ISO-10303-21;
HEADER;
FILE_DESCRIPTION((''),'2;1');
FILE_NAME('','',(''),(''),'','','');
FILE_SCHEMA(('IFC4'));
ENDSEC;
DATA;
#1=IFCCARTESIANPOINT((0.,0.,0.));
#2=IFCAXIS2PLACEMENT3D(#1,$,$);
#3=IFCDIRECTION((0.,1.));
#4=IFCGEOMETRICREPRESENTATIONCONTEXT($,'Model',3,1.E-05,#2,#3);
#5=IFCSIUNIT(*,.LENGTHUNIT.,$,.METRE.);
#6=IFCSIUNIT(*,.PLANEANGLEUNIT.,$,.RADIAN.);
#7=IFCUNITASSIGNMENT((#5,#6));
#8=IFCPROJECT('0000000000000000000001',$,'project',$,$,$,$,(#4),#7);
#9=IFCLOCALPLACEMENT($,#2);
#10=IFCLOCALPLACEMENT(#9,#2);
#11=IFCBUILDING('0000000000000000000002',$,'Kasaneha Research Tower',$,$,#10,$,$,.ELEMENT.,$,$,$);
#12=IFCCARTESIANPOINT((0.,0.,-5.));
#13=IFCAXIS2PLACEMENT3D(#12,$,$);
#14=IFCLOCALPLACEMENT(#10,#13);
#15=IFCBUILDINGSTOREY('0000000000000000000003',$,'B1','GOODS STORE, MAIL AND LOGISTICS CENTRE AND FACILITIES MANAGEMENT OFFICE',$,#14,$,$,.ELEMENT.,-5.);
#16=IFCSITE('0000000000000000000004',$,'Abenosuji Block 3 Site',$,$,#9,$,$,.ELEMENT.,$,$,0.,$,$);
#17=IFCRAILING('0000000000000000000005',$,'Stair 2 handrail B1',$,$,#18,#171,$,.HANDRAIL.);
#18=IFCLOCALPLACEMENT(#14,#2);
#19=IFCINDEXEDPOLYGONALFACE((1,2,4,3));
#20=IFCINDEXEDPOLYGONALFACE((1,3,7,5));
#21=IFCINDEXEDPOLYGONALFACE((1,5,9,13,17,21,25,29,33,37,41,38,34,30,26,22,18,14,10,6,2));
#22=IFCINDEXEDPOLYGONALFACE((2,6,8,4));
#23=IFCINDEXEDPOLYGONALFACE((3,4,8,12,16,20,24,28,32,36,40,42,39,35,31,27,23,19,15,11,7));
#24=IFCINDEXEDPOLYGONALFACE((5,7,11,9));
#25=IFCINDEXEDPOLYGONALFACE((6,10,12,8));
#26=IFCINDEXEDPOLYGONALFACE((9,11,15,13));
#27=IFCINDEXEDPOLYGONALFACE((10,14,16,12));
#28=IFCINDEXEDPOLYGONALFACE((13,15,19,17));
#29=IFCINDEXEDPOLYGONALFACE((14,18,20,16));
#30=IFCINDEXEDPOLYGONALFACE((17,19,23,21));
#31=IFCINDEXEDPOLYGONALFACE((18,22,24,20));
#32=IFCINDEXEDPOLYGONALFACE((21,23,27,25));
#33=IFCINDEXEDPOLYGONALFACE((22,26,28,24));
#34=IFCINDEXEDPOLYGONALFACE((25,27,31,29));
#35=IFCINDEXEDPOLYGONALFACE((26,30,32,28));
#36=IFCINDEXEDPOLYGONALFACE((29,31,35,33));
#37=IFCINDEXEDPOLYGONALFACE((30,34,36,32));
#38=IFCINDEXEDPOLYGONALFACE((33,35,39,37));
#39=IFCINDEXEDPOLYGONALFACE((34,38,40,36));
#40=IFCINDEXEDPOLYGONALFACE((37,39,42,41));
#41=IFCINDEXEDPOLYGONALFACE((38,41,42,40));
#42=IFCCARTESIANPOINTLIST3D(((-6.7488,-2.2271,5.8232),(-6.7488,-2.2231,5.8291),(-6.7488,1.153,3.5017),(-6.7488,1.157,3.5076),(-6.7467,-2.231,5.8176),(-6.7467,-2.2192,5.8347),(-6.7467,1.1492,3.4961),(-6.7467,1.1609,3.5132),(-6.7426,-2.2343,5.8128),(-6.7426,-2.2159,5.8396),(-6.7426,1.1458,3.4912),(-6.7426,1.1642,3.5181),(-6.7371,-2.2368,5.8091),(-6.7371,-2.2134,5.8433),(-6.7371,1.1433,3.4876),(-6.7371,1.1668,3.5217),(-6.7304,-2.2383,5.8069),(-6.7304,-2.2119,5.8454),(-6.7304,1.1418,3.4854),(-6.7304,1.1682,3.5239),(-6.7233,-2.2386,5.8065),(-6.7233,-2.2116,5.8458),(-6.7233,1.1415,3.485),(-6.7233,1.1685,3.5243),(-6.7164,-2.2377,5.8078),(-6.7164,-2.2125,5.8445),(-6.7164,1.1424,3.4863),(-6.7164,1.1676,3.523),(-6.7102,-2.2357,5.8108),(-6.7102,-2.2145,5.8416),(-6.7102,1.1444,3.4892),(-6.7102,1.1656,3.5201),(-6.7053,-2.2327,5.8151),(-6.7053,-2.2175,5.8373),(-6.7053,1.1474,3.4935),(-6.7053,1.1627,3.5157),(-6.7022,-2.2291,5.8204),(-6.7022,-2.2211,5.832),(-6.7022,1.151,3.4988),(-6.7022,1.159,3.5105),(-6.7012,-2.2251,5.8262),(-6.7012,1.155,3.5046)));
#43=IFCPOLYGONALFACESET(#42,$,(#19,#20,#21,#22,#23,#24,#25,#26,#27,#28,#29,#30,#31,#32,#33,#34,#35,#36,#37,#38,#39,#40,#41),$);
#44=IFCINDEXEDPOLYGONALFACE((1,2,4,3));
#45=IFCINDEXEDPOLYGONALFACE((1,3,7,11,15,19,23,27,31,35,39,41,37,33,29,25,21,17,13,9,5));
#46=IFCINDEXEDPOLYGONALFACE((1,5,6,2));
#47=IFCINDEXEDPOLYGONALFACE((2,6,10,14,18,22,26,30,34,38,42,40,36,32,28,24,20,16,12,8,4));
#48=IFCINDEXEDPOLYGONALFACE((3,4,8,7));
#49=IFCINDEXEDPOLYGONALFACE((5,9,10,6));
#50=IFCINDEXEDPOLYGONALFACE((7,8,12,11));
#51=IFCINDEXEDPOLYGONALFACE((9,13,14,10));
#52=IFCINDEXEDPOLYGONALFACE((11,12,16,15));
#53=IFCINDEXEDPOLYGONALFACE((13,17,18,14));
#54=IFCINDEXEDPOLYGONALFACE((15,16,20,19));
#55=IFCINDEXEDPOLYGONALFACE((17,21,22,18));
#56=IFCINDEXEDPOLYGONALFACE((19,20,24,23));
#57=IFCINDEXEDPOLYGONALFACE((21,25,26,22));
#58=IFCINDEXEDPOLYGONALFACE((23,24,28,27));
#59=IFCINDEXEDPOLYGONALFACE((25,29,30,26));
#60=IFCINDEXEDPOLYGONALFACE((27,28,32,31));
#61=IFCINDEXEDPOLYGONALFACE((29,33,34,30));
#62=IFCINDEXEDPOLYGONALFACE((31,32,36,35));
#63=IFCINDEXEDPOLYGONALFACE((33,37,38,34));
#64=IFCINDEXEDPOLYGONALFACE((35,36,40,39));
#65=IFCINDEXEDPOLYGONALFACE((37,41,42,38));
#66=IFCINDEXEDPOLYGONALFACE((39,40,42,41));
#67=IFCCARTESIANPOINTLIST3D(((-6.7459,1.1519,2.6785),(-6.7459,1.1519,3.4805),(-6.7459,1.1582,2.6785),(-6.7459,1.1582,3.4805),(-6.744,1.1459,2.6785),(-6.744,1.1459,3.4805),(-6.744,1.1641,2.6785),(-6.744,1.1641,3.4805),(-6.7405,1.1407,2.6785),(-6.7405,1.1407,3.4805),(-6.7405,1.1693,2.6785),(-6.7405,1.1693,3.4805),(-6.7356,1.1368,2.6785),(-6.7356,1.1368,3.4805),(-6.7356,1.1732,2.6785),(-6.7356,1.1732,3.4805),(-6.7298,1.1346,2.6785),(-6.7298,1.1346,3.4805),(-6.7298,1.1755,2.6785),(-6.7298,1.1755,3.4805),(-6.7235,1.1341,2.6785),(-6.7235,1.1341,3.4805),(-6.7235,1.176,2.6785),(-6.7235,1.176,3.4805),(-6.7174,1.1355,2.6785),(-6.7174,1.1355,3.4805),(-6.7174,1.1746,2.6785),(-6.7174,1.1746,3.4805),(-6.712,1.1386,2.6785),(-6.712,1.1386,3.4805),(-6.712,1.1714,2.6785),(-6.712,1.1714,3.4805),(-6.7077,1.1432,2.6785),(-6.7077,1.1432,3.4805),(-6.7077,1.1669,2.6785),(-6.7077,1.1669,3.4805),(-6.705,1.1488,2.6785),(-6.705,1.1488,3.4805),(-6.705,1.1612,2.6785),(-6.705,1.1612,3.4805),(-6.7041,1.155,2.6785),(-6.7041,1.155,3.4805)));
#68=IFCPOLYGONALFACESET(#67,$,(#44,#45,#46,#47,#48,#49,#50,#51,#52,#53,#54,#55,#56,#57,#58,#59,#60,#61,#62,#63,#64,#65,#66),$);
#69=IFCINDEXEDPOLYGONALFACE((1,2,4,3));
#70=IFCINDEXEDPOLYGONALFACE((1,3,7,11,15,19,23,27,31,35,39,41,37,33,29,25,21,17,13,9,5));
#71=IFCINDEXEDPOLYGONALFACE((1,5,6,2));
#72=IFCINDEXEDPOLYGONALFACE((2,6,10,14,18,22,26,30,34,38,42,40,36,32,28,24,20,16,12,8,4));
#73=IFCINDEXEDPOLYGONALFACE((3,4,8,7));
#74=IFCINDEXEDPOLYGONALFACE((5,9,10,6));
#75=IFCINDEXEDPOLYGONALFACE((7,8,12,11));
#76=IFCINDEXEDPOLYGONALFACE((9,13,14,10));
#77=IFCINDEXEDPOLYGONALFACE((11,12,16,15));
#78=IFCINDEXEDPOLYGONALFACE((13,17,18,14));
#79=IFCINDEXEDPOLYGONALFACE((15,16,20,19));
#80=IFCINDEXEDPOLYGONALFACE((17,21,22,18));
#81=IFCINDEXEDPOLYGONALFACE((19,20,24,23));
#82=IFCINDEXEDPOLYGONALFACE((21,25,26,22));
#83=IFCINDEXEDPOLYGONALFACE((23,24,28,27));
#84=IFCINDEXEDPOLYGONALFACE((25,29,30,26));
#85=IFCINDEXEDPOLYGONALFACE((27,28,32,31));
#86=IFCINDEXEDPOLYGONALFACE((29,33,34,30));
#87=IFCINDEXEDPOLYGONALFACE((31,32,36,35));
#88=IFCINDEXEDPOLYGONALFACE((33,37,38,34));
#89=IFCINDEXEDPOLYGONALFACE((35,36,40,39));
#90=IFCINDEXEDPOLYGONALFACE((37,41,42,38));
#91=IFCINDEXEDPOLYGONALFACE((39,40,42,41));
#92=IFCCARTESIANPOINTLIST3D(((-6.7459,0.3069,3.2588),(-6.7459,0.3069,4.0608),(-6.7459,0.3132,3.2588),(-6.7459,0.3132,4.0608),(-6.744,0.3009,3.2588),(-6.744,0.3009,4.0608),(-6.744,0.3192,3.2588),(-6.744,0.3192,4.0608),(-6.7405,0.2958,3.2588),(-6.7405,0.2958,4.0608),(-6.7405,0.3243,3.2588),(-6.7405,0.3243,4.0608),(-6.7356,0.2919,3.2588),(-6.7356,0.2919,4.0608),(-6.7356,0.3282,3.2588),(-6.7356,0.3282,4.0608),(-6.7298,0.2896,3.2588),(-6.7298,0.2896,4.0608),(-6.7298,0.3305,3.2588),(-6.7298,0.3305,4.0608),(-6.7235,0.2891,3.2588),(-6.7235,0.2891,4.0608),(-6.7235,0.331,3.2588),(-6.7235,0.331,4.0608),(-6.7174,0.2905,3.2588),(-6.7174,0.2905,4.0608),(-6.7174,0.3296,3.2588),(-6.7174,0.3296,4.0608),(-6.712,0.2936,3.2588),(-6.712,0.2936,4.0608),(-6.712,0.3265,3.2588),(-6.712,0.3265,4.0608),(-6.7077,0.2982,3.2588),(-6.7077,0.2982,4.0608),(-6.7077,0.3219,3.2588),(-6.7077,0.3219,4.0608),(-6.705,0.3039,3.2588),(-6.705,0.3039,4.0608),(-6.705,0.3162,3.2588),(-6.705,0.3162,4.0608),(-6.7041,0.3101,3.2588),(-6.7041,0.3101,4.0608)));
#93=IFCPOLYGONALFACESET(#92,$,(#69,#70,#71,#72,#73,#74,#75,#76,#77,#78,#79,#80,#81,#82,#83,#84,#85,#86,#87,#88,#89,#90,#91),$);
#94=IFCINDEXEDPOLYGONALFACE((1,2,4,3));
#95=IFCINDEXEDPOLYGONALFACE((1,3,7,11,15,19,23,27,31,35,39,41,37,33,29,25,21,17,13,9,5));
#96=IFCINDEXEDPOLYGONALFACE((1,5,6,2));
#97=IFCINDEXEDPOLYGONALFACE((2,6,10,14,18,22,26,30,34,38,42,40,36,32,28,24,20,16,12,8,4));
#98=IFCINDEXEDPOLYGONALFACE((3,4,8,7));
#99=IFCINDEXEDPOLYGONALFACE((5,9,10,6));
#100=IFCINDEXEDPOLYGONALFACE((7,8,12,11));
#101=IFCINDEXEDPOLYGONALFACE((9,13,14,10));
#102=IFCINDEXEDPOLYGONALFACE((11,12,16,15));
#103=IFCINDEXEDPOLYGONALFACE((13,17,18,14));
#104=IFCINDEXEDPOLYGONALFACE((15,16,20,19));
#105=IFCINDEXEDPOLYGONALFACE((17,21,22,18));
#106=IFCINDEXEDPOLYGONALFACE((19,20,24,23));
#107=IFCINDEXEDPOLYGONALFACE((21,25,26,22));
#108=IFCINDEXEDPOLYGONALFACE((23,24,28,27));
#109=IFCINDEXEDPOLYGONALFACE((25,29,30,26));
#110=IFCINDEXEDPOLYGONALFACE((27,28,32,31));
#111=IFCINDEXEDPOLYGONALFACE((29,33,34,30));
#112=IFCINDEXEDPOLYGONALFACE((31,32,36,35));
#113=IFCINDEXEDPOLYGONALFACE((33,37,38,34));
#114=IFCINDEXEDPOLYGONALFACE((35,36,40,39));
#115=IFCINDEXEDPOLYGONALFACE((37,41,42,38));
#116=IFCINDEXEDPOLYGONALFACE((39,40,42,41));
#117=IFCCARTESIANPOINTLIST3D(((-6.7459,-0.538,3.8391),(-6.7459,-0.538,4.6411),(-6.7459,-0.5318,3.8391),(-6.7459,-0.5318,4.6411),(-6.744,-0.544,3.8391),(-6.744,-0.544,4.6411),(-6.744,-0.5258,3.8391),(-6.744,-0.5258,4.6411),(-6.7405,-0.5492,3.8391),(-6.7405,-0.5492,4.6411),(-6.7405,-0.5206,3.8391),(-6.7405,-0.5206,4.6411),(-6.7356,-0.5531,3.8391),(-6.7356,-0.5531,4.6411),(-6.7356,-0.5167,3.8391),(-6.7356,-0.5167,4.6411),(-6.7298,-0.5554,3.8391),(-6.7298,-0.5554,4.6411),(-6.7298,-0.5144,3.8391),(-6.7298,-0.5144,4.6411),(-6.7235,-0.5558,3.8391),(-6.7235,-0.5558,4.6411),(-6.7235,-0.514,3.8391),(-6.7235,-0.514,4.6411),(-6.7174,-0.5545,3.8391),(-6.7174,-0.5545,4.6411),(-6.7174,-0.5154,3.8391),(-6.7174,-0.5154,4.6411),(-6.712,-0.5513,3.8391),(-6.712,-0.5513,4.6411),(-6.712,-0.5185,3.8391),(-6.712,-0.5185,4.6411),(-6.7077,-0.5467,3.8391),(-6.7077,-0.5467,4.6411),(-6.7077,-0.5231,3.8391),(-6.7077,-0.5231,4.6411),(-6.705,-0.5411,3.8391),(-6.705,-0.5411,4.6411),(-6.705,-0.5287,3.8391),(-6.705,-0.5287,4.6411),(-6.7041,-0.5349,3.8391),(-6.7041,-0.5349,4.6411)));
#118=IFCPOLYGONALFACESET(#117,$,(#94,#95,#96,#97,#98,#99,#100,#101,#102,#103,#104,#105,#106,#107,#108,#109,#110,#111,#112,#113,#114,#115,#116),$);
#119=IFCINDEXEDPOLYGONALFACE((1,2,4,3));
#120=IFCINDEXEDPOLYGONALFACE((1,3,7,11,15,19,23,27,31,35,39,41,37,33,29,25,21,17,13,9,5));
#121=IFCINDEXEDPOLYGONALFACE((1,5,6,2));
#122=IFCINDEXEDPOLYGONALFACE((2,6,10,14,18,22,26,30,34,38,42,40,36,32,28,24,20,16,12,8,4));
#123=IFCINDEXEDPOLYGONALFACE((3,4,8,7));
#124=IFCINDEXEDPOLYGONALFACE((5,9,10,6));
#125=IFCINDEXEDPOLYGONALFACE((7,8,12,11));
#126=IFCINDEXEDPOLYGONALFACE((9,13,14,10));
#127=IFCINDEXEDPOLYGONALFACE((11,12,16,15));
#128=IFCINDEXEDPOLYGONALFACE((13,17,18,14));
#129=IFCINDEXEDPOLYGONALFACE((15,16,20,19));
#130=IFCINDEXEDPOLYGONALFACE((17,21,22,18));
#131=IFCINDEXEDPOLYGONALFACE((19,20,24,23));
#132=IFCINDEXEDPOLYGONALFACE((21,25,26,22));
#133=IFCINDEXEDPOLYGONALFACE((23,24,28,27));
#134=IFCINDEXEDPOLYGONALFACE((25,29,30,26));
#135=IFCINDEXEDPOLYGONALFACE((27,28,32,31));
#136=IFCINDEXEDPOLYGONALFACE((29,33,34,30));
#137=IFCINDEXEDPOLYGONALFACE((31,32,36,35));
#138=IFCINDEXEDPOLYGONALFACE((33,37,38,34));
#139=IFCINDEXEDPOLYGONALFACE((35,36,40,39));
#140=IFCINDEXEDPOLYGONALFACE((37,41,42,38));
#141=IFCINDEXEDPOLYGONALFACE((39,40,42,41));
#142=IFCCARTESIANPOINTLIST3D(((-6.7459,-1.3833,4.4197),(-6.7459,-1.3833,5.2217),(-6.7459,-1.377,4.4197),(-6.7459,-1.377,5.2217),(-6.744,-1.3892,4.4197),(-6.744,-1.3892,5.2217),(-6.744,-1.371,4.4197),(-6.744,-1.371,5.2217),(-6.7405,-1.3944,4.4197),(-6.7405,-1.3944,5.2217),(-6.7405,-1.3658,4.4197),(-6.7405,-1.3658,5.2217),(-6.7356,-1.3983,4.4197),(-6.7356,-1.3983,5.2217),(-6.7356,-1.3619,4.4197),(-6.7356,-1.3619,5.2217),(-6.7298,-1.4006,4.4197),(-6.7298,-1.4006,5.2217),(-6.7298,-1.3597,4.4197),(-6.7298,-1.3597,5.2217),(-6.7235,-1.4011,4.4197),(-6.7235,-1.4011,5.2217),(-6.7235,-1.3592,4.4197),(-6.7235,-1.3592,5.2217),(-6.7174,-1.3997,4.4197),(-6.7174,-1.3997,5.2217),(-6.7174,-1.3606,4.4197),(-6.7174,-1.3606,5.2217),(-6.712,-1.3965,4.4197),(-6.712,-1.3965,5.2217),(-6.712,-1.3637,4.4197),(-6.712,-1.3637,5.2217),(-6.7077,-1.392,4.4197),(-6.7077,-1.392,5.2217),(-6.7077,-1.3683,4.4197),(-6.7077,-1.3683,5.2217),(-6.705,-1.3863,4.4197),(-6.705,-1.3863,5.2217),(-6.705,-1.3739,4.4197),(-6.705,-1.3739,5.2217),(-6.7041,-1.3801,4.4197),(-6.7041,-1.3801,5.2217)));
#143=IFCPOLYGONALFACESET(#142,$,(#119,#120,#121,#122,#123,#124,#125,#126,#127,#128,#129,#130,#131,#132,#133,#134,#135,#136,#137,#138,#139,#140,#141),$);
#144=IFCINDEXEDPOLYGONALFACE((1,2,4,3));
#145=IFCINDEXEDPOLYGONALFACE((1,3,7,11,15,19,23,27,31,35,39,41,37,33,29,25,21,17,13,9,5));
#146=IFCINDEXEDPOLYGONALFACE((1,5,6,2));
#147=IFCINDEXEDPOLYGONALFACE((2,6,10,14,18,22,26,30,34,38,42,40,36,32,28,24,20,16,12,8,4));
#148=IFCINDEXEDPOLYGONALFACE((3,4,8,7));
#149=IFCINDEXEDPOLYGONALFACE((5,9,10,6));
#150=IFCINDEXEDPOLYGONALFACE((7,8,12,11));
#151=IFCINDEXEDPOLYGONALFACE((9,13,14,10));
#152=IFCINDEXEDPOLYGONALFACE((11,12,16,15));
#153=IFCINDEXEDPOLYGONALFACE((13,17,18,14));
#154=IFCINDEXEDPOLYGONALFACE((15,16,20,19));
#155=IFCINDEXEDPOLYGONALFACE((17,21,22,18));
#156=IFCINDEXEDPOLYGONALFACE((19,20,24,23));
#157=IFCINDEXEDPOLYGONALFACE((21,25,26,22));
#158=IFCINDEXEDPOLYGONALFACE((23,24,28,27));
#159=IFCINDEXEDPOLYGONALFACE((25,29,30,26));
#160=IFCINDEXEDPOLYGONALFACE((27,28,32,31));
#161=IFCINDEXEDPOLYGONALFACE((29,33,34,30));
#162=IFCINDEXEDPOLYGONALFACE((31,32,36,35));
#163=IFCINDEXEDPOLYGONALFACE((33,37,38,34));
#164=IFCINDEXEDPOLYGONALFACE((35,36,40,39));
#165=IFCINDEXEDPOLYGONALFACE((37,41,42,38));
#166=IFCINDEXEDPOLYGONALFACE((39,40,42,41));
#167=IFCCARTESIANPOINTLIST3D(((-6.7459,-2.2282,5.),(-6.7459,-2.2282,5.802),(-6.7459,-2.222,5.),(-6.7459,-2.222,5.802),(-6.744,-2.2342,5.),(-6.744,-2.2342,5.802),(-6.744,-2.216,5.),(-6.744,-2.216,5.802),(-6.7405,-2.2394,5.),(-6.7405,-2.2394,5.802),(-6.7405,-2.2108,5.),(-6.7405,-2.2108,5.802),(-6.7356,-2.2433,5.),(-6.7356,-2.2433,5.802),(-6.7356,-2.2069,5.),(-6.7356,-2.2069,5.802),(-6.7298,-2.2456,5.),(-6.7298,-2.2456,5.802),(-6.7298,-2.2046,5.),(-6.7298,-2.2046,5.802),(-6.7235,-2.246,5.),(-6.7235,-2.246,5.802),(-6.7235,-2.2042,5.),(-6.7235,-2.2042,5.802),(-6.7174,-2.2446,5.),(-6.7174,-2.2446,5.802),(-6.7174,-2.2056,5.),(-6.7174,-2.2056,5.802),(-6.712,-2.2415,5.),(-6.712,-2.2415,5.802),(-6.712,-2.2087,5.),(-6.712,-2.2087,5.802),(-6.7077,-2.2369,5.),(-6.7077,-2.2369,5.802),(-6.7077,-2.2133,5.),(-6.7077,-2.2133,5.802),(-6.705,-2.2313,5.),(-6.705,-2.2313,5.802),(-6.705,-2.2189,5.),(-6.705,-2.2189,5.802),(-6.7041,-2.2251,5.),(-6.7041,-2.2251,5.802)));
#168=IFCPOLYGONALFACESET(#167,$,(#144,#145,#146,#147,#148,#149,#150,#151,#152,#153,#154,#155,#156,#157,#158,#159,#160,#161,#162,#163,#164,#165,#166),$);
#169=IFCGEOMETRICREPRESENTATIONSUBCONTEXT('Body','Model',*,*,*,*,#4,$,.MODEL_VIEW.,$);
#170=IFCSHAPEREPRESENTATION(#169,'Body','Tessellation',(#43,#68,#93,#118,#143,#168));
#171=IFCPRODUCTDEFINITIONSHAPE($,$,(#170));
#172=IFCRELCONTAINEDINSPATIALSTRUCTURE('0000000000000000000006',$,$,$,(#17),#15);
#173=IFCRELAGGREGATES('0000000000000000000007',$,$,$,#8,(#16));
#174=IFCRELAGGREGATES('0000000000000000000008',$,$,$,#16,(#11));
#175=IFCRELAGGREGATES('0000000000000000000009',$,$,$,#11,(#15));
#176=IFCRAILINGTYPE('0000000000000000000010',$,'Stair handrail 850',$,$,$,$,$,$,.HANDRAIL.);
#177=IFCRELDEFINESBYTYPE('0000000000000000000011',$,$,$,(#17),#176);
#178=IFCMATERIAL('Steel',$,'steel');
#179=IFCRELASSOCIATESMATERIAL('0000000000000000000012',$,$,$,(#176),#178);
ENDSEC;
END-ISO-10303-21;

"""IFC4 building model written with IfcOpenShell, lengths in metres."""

from ifc_helpers import new_model, si_unit, direction, frame, origin, origin_2d, place, context, subcontext, project, spatial, circle, extrude, material, type_object, element, save


model = new_model("IFC4")

# Units and contexts
model_context = context("Model", 3, precision=1e-05, world=origin(), true_north=direction((0.0, 1.0)))
body_context = subcontext(model_context, "Body", "Model", "MODEL_VIEW")
ifc_project = project(units=[si_unit("LENGTHUNIT", "METRE"), si_unit("PLANEANGLEUNIT", "RADIAN")], contexts=[model_context])

# Site, building, storey
site_placement = place(None, origin())
site = spatial("IfcSite", under=ifc_project, at=site_placement, Name="Abenosuji Block 3 Site", CompositionType="ELEMENT", RefElevation=0.0)
building_placement = place(site_placement, origin())
building = spatial("IfcBuilding", under=site, at=building_placement, Name="Kasaneha Research Tower", CompositionType="ELEMENT")
storey_placement = place(building_placement, frame((0.0, 0.0, -5.0)))
storey = spatial("IfcBuildingStorey", under=building, at=storey_placement, Name="B1", Description="GOODS STORE, MAIL AND LOGISTICS CENTRE AND FACILITIES MANAGEMENT OFFICE", CompositionType="ELEMENT", Elevation=-5.0)

# Railing
ifc_material_1 = material(Name="Steel", Category="steel")
railing_type_1 = type_object("IfcRailingType", Name="Stair handrail 850", PredefinedType="HANDRAIL", material=ifc_material_1)
railing_1_placement = place(storey_placement, frame((-6.7251, 1.155, 2.6785)))
element("IfcRailing", 1, at=railing_1_placement, inside=storey, type_object=railing_type_1, Name="Stair 2 handrail B1", PredefinedType="HANDRAIL", context=body_context, shape_type="SweptSolid", body=[
    extrude(circle(Radius=0.0239, at=origin_2d()), frame((0.0, 0.0, 0.8262), z_axis=(0.0, -0.824304, 0.566147), x_axis=(1.0, 0.0, 0.0)), (0.0, 0.0, 1.0), 4.1006),
    extrude(circle(Radius=0.021, at=origin_2d()), origin(), (0.0, 0.0, 1.0), 0.802),
    extrude(circle(Radius=0.021, at=origin_2d()), frame((0.0, -0.845, 0.5803)), (0.0, 0.0, 1.0), 0.802),
    extrude(circle(Radius=0.021, at=origin_2d()), frame((0.0, -1.6899, 1.1606)), (0.0, 0.0, 1.0), 0.802),
    extrude(circle(Radius=0.021, at=origin_2d()), frame((0.0, -2.5352, 1.7412)), (0.0, 0.0, 1.0), 0.802),
    extrude(circle(Radius=0.021, at=origin_2d()), frame((0.0, -3.3801, 2.3215)), (0.0, 0.0, 1.0), 0.802),
])

save(model, "model.ifc")
